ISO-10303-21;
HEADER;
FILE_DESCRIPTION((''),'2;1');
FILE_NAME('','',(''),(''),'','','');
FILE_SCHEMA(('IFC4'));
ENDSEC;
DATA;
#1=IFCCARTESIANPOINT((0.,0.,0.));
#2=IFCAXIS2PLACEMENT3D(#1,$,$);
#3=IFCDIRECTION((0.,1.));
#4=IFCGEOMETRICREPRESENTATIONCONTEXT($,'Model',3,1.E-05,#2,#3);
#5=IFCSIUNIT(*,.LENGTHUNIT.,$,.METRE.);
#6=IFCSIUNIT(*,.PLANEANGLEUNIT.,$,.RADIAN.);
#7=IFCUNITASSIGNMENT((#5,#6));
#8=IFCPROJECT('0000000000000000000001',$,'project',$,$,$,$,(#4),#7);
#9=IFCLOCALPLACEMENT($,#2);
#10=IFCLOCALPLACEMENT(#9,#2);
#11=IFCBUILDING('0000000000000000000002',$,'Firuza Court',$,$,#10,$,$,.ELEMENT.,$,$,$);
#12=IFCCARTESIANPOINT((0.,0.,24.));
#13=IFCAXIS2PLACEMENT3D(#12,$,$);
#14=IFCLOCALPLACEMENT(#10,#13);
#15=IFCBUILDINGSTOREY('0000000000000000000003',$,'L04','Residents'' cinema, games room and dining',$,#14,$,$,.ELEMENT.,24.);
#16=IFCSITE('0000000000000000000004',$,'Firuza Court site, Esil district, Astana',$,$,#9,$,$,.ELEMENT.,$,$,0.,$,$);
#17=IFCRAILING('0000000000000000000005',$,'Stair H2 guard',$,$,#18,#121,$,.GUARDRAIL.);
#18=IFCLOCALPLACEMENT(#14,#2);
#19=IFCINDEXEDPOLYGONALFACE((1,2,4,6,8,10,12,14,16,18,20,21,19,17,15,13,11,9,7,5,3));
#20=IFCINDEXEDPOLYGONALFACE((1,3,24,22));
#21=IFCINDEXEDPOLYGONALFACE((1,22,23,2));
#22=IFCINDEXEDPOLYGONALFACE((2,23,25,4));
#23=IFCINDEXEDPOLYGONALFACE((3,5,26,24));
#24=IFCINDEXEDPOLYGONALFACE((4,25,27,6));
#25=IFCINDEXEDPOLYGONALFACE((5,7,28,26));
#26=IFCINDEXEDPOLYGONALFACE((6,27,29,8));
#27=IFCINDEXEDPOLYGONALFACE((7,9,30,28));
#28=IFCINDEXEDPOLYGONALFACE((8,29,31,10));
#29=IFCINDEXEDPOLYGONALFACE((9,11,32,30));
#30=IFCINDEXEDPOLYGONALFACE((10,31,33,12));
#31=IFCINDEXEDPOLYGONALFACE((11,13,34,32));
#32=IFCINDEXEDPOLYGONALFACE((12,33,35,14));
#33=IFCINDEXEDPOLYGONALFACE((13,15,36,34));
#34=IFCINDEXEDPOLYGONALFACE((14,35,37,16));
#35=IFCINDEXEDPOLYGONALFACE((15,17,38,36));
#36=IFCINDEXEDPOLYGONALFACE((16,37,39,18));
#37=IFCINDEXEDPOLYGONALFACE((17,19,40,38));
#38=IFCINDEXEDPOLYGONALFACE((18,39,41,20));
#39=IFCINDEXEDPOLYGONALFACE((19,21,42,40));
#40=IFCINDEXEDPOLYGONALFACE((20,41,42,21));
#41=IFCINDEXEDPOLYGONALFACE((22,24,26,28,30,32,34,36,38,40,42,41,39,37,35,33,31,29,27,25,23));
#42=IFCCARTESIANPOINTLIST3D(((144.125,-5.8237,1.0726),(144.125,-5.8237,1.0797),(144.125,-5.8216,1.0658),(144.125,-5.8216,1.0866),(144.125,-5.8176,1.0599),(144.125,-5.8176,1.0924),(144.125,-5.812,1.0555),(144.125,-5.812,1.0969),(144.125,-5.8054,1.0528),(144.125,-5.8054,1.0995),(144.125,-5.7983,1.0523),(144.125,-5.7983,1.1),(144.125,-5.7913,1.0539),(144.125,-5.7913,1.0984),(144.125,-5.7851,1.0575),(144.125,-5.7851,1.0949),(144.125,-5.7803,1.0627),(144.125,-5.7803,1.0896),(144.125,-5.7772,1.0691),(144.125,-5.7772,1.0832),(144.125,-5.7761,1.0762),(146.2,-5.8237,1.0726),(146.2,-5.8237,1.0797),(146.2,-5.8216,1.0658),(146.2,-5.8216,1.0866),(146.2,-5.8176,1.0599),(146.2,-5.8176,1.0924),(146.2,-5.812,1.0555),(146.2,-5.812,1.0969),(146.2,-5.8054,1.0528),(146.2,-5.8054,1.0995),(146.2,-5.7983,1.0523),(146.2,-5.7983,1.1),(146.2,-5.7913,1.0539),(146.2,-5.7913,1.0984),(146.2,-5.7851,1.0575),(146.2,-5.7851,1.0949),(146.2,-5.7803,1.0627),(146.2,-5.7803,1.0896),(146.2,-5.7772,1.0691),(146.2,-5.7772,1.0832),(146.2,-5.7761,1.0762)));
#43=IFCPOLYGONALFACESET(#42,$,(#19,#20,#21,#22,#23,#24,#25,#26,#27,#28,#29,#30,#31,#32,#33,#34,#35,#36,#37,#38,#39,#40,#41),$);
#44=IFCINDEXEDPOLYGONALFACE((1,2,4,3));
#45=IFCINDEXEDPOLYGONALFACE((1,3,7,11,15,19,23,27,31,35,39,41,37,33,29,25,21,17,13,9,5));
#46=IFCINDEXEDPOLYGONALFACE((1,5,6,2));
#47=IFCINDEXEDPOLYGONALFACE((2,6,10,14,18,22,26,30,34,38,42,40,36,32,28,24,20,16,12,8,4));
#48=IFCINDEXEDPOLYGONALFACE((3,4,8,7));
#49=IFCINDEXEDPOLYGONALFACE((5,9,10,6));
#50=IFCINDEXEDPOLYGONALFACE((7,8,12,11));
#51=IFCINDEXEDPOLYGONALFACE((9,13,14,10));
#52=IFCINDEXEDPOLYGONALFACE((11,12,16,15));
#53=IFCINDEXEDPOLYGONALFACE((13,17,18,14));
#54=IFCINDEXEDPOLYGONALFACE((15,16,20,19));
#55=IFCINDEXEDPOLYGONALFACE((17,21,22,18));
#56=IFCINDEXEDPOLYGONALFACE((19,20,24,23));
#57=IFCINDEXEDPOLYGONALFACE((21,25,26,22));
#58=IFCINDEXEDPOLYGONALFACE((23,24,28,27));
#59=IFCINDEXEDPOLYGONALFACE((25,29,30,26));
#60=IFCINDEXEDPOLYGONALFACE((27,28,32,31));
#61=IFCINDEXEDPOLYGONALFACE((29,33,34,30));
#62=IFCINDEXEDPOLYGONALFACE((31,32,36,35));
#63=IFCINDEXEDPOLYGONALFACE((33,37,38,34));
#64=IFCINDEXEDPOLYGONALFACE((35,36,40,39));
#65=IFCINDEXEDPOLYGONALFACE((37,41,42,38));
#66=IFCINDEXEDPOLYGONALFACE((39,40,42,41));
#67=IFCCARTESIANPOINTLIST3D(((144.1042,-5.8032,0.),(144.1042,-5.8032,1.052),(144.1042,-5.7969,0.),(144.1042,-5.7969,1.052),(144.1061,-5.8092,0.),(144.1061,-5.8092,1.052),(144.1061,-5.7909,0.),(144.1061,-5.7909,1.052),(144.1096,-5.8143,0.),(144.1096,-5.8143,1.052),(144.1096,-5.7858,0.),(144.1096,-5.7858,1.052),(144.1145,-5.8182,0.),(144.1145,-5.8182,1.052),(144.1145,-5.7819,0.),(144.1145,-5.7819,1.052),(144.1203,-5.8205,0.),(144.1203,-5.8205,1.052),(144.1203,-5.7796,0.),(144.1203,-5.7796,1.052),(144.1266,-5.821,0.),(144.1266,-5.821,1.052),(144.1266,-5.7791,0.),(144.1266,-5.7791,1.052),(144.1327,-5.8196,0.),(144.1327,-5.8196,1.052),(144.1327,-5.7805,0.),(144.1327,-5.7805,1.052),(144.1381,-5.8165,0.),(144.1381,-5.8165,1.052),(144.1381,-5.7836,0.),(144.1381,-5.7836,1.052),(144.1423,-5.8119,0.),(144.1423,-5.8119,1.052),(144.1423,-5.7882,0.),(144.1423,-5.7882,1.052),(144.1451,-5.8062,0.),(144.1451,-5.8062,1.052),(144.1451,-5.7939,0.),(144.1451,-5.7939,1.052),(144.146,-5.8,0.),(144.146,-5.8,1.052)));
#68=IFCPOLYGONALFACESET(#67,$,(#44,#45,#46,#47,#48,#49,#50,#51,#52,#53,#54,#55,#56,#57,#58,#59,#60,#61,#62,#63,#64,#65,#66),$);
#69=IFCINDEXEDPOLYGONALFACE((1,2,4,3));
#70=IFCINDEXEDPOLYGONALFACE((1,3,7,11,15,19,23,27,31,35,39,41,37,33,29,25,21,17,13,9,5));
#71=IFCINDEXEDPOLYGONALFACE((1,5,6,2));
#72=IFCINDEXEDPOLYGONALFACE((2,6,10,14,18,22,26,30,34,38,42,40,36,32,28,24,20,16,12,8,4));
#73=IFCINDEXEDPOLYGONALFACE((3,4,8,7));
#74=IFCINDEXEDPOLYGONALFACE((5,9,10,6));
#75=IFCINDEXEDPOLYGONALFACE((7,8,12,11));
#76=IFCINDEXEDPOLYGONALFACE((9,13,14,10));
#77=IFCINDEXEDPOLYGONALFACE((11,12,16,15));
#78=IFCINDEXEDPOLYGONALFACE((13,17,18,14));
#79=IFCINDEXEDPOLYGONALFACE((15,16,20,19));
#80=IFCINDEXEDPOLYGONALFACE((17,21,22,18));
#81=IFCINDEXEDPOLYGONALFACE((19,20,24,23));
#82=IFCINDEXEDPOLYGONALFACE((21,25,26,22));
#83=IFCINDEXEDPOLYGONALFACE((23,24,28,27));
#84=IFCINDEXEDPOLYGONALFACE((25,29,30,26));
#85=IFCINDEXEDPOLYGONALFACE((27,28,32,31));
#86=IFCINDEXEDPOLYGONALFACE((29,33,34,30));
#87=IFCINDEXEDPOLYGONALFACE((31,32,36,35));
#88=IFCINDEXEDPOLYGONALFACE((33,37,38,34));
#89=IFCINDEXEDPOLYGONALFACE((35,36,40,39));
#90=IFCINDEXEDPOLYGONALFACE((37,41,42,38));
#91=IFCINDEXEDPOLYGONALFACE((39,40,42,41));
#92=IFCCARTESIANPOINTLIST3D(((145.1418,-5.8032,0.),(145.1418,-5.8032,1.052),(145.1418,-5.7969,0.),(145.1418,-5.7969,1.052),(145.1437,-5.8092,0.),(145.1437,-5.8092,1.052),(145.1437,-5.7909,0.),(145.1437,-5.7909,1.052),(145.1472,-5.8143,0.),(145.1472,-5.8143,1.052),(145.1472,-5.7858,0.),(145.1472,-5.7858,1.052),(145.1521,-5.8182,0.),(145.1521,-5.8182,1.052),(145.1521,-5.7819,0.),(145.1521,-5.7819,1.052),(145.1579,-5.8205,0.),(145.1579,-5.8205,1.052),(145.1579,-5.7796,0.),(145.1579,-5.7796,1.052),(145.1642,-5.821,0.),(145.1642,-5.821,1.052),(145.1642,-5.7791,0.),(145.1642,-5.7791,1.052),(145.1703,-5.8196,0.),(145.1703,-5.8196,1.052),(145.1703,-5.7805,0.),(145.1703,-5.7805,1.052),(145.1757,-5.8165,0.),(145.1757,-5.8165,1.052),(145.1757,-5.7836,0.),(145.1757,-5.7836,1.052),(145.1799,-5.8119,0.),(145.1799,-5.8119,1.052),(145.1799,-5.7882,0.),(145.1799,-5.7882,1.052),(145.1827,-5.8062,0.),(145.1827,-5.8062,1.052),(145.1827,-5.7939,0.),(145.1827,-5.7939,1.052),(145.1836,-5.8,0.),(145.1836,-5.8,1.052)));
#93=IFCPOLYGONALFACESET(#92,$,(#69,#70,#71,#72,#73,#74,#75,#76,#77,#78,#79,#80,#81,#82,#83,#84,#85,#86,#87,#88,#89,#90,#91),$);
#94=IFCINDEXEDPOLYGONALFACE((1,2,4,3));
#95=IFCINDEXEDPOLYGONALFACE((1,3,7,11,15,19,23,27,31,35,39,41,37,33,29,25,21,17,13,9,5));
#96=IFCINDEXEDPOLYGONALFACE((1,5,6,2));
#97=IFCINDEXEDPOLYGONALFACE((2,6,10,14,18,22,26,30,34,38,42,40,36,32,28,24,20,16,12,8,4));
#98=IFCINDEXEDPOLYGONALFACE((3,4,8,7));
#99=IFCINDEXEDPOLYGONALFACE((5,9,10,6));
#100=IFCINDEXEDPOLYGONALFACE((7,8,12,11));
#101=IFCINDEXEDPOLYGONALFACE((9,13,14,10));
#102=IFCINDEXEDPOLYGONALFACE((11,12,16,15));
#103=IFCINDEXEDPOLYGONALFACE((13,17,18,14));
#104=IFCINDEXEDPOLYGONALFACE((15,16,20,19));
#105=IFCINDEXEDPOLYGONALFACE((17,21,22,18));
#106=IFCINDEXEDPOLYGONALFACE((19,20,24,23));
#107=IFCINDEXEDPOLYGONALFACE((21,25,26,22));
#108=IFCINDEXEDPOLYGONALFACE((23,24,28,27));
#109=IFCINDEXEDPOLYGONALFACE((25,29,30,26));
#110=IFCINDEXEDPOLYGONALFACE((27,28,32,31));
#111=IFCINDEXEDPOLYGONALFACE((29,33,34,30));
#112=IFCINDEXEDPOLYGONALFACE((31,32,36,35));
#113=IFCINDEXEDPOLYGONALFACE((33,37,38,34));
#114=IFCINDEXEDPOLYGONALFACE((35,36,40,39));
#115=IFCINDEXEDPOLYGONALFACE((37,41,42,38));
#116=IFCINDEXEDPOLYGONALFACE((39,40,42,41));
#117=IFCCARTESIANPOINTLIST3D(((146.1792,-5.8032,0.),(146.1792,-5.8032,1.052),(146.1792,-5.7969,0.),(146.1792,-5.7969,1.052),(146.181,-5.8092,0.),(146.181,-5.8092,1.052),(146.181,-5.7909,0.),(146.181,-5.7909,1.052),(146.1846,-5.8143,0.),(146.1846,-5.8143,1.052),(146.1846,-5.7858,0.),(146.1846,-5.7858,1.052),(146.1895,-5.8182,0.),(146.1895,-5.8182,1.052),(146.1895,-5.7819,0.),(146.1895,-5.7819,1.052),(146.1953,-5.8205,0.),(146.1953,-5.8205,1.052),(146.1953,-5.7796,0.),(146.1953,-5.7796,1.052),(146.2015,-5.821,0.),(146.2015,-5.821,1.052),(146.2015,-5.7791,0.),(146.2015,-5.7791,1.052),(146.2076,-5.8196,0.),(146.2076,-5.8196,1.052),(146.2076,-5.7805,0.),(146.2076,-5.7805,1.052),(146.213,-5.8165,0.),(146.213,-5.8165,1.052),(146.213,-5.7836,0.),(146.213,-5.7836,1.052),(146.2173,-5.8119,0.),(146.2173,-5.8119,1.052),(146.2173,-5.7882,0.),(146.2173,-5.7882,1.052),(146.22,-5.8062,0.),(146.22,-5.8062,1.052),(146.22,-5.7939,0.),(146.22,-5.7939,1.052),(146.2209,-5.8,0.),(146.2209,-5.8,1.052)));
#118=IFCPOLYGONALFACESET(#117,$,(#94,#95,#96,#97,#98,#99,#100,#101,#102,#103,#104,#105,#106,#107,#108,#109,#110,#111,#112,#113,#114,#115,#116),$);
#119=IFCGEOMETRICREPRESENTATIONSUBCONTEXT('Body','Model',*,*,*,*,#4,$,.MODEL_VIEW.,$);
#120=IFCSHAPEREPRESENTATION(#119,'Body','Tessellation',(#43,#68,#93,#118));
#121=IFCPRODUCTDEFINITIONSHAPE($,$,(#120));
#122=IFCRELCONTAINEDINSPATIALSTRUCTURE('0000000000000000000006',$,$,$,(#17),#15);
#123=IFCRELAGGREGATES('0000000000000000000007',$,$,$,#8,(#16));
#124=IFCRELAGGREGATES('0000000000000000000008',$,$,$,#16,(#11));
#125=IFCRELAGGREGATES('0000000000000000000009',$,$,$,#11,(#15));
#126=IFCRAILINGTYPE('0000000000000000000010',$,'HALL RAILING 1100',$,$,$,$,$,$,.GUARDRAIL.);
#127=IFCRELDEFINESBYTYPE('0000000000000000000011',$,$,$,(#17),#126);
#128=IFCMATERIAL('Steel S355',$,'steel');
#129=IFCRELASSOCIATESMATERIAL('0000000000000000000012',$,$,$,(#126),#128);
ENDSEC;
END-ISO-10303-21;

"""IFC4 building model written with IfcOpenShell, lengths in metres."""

from ifc_helpers import new_model, si_unit, direction, frame, origin, origin_2d, place, context, subcontext, project, spatial, circle, extrude, material, type_object, element, save


model = new_model("IFC4")

# Units and contexts
model_context = context("Model", 3, precision=1e-05, world=origin(), true_north=direction((0.0, 1.0)))
body_context = subcontext(model_context, "Body", "Model", "MODEL_VIEW")
ifc_project = project(units=[si_unit("LENGTHUNIT", "METRE"), si_unit("PLANEANGLEUNIT", "RADIAN")], contexts=[model_context])

# Site, building, storey
site_placement = place(None, origin())
site = spatial("IfcSite", under=ifc_project, at=site_placement, Name="Firuza Court site, Esil district, Astana", CompositionType="ELEMENT", RefElevation=0.0)
building_placement = place(site_placement, origin())
building = spatial("IfcBuilding", under=site, at=building_placement, Name="Firuza Court", CompositionType="ELEMENT")
storey_placement = place(building_placement, frame((0.0, 0.0, 24.0)))
storey = spatial("IfcBuildingStorey", under=building, at=storey_placement, Name="L04", Description="Residents' cinema, games room and dining", CompositionType="ELEMENT", Elevation=24.0)

# Railing
ifc_material_1 = material(Name="Steel S355", Category="steel")
railing_type = type_object("IfcRailingType", Name="HALL RAILING 1100", PredefinedType="GUARDRAIL", material=ifc_material_1)
railing_1_placement = place(storey_placement, frame((144.125, -5.8, 0.0)))
element("IfcRailing", 1, at=railing_1_placement, inside=storey, type_object=railing_type, Name="Stair H2 guard", PredefinedType="GUARDRAIL", context=body_context, shape_type="SweptSolid", body=[
    extrude(circle(Radius=0.0239, at=origin_2d()), frame((0.0, 0.0, 1.0762), z_axis=(1.0, 0.0, 0.0), x_axis=(0.0, 1.0, 0.0)), (0.0, 0.0, 1.0), 2.075),
    extrude(circle(Radius=0.021, at=origin_2d()), origin(), (0.0, 0.0, 1.0), 1.052),
    extrude(circle(Radius=0.021, at=origin_2d()), frame((1.0376, 0.0, 0.0)), (0.0, 0.0, 1.0), 1.052),
    extrude(circle(Radius=0.021, at=origin_2d()), frame((2.075, 0.0, 0.0)), (0.0, 0.0, 1.0), 1.052),
])

save(model, "model.ifc")
